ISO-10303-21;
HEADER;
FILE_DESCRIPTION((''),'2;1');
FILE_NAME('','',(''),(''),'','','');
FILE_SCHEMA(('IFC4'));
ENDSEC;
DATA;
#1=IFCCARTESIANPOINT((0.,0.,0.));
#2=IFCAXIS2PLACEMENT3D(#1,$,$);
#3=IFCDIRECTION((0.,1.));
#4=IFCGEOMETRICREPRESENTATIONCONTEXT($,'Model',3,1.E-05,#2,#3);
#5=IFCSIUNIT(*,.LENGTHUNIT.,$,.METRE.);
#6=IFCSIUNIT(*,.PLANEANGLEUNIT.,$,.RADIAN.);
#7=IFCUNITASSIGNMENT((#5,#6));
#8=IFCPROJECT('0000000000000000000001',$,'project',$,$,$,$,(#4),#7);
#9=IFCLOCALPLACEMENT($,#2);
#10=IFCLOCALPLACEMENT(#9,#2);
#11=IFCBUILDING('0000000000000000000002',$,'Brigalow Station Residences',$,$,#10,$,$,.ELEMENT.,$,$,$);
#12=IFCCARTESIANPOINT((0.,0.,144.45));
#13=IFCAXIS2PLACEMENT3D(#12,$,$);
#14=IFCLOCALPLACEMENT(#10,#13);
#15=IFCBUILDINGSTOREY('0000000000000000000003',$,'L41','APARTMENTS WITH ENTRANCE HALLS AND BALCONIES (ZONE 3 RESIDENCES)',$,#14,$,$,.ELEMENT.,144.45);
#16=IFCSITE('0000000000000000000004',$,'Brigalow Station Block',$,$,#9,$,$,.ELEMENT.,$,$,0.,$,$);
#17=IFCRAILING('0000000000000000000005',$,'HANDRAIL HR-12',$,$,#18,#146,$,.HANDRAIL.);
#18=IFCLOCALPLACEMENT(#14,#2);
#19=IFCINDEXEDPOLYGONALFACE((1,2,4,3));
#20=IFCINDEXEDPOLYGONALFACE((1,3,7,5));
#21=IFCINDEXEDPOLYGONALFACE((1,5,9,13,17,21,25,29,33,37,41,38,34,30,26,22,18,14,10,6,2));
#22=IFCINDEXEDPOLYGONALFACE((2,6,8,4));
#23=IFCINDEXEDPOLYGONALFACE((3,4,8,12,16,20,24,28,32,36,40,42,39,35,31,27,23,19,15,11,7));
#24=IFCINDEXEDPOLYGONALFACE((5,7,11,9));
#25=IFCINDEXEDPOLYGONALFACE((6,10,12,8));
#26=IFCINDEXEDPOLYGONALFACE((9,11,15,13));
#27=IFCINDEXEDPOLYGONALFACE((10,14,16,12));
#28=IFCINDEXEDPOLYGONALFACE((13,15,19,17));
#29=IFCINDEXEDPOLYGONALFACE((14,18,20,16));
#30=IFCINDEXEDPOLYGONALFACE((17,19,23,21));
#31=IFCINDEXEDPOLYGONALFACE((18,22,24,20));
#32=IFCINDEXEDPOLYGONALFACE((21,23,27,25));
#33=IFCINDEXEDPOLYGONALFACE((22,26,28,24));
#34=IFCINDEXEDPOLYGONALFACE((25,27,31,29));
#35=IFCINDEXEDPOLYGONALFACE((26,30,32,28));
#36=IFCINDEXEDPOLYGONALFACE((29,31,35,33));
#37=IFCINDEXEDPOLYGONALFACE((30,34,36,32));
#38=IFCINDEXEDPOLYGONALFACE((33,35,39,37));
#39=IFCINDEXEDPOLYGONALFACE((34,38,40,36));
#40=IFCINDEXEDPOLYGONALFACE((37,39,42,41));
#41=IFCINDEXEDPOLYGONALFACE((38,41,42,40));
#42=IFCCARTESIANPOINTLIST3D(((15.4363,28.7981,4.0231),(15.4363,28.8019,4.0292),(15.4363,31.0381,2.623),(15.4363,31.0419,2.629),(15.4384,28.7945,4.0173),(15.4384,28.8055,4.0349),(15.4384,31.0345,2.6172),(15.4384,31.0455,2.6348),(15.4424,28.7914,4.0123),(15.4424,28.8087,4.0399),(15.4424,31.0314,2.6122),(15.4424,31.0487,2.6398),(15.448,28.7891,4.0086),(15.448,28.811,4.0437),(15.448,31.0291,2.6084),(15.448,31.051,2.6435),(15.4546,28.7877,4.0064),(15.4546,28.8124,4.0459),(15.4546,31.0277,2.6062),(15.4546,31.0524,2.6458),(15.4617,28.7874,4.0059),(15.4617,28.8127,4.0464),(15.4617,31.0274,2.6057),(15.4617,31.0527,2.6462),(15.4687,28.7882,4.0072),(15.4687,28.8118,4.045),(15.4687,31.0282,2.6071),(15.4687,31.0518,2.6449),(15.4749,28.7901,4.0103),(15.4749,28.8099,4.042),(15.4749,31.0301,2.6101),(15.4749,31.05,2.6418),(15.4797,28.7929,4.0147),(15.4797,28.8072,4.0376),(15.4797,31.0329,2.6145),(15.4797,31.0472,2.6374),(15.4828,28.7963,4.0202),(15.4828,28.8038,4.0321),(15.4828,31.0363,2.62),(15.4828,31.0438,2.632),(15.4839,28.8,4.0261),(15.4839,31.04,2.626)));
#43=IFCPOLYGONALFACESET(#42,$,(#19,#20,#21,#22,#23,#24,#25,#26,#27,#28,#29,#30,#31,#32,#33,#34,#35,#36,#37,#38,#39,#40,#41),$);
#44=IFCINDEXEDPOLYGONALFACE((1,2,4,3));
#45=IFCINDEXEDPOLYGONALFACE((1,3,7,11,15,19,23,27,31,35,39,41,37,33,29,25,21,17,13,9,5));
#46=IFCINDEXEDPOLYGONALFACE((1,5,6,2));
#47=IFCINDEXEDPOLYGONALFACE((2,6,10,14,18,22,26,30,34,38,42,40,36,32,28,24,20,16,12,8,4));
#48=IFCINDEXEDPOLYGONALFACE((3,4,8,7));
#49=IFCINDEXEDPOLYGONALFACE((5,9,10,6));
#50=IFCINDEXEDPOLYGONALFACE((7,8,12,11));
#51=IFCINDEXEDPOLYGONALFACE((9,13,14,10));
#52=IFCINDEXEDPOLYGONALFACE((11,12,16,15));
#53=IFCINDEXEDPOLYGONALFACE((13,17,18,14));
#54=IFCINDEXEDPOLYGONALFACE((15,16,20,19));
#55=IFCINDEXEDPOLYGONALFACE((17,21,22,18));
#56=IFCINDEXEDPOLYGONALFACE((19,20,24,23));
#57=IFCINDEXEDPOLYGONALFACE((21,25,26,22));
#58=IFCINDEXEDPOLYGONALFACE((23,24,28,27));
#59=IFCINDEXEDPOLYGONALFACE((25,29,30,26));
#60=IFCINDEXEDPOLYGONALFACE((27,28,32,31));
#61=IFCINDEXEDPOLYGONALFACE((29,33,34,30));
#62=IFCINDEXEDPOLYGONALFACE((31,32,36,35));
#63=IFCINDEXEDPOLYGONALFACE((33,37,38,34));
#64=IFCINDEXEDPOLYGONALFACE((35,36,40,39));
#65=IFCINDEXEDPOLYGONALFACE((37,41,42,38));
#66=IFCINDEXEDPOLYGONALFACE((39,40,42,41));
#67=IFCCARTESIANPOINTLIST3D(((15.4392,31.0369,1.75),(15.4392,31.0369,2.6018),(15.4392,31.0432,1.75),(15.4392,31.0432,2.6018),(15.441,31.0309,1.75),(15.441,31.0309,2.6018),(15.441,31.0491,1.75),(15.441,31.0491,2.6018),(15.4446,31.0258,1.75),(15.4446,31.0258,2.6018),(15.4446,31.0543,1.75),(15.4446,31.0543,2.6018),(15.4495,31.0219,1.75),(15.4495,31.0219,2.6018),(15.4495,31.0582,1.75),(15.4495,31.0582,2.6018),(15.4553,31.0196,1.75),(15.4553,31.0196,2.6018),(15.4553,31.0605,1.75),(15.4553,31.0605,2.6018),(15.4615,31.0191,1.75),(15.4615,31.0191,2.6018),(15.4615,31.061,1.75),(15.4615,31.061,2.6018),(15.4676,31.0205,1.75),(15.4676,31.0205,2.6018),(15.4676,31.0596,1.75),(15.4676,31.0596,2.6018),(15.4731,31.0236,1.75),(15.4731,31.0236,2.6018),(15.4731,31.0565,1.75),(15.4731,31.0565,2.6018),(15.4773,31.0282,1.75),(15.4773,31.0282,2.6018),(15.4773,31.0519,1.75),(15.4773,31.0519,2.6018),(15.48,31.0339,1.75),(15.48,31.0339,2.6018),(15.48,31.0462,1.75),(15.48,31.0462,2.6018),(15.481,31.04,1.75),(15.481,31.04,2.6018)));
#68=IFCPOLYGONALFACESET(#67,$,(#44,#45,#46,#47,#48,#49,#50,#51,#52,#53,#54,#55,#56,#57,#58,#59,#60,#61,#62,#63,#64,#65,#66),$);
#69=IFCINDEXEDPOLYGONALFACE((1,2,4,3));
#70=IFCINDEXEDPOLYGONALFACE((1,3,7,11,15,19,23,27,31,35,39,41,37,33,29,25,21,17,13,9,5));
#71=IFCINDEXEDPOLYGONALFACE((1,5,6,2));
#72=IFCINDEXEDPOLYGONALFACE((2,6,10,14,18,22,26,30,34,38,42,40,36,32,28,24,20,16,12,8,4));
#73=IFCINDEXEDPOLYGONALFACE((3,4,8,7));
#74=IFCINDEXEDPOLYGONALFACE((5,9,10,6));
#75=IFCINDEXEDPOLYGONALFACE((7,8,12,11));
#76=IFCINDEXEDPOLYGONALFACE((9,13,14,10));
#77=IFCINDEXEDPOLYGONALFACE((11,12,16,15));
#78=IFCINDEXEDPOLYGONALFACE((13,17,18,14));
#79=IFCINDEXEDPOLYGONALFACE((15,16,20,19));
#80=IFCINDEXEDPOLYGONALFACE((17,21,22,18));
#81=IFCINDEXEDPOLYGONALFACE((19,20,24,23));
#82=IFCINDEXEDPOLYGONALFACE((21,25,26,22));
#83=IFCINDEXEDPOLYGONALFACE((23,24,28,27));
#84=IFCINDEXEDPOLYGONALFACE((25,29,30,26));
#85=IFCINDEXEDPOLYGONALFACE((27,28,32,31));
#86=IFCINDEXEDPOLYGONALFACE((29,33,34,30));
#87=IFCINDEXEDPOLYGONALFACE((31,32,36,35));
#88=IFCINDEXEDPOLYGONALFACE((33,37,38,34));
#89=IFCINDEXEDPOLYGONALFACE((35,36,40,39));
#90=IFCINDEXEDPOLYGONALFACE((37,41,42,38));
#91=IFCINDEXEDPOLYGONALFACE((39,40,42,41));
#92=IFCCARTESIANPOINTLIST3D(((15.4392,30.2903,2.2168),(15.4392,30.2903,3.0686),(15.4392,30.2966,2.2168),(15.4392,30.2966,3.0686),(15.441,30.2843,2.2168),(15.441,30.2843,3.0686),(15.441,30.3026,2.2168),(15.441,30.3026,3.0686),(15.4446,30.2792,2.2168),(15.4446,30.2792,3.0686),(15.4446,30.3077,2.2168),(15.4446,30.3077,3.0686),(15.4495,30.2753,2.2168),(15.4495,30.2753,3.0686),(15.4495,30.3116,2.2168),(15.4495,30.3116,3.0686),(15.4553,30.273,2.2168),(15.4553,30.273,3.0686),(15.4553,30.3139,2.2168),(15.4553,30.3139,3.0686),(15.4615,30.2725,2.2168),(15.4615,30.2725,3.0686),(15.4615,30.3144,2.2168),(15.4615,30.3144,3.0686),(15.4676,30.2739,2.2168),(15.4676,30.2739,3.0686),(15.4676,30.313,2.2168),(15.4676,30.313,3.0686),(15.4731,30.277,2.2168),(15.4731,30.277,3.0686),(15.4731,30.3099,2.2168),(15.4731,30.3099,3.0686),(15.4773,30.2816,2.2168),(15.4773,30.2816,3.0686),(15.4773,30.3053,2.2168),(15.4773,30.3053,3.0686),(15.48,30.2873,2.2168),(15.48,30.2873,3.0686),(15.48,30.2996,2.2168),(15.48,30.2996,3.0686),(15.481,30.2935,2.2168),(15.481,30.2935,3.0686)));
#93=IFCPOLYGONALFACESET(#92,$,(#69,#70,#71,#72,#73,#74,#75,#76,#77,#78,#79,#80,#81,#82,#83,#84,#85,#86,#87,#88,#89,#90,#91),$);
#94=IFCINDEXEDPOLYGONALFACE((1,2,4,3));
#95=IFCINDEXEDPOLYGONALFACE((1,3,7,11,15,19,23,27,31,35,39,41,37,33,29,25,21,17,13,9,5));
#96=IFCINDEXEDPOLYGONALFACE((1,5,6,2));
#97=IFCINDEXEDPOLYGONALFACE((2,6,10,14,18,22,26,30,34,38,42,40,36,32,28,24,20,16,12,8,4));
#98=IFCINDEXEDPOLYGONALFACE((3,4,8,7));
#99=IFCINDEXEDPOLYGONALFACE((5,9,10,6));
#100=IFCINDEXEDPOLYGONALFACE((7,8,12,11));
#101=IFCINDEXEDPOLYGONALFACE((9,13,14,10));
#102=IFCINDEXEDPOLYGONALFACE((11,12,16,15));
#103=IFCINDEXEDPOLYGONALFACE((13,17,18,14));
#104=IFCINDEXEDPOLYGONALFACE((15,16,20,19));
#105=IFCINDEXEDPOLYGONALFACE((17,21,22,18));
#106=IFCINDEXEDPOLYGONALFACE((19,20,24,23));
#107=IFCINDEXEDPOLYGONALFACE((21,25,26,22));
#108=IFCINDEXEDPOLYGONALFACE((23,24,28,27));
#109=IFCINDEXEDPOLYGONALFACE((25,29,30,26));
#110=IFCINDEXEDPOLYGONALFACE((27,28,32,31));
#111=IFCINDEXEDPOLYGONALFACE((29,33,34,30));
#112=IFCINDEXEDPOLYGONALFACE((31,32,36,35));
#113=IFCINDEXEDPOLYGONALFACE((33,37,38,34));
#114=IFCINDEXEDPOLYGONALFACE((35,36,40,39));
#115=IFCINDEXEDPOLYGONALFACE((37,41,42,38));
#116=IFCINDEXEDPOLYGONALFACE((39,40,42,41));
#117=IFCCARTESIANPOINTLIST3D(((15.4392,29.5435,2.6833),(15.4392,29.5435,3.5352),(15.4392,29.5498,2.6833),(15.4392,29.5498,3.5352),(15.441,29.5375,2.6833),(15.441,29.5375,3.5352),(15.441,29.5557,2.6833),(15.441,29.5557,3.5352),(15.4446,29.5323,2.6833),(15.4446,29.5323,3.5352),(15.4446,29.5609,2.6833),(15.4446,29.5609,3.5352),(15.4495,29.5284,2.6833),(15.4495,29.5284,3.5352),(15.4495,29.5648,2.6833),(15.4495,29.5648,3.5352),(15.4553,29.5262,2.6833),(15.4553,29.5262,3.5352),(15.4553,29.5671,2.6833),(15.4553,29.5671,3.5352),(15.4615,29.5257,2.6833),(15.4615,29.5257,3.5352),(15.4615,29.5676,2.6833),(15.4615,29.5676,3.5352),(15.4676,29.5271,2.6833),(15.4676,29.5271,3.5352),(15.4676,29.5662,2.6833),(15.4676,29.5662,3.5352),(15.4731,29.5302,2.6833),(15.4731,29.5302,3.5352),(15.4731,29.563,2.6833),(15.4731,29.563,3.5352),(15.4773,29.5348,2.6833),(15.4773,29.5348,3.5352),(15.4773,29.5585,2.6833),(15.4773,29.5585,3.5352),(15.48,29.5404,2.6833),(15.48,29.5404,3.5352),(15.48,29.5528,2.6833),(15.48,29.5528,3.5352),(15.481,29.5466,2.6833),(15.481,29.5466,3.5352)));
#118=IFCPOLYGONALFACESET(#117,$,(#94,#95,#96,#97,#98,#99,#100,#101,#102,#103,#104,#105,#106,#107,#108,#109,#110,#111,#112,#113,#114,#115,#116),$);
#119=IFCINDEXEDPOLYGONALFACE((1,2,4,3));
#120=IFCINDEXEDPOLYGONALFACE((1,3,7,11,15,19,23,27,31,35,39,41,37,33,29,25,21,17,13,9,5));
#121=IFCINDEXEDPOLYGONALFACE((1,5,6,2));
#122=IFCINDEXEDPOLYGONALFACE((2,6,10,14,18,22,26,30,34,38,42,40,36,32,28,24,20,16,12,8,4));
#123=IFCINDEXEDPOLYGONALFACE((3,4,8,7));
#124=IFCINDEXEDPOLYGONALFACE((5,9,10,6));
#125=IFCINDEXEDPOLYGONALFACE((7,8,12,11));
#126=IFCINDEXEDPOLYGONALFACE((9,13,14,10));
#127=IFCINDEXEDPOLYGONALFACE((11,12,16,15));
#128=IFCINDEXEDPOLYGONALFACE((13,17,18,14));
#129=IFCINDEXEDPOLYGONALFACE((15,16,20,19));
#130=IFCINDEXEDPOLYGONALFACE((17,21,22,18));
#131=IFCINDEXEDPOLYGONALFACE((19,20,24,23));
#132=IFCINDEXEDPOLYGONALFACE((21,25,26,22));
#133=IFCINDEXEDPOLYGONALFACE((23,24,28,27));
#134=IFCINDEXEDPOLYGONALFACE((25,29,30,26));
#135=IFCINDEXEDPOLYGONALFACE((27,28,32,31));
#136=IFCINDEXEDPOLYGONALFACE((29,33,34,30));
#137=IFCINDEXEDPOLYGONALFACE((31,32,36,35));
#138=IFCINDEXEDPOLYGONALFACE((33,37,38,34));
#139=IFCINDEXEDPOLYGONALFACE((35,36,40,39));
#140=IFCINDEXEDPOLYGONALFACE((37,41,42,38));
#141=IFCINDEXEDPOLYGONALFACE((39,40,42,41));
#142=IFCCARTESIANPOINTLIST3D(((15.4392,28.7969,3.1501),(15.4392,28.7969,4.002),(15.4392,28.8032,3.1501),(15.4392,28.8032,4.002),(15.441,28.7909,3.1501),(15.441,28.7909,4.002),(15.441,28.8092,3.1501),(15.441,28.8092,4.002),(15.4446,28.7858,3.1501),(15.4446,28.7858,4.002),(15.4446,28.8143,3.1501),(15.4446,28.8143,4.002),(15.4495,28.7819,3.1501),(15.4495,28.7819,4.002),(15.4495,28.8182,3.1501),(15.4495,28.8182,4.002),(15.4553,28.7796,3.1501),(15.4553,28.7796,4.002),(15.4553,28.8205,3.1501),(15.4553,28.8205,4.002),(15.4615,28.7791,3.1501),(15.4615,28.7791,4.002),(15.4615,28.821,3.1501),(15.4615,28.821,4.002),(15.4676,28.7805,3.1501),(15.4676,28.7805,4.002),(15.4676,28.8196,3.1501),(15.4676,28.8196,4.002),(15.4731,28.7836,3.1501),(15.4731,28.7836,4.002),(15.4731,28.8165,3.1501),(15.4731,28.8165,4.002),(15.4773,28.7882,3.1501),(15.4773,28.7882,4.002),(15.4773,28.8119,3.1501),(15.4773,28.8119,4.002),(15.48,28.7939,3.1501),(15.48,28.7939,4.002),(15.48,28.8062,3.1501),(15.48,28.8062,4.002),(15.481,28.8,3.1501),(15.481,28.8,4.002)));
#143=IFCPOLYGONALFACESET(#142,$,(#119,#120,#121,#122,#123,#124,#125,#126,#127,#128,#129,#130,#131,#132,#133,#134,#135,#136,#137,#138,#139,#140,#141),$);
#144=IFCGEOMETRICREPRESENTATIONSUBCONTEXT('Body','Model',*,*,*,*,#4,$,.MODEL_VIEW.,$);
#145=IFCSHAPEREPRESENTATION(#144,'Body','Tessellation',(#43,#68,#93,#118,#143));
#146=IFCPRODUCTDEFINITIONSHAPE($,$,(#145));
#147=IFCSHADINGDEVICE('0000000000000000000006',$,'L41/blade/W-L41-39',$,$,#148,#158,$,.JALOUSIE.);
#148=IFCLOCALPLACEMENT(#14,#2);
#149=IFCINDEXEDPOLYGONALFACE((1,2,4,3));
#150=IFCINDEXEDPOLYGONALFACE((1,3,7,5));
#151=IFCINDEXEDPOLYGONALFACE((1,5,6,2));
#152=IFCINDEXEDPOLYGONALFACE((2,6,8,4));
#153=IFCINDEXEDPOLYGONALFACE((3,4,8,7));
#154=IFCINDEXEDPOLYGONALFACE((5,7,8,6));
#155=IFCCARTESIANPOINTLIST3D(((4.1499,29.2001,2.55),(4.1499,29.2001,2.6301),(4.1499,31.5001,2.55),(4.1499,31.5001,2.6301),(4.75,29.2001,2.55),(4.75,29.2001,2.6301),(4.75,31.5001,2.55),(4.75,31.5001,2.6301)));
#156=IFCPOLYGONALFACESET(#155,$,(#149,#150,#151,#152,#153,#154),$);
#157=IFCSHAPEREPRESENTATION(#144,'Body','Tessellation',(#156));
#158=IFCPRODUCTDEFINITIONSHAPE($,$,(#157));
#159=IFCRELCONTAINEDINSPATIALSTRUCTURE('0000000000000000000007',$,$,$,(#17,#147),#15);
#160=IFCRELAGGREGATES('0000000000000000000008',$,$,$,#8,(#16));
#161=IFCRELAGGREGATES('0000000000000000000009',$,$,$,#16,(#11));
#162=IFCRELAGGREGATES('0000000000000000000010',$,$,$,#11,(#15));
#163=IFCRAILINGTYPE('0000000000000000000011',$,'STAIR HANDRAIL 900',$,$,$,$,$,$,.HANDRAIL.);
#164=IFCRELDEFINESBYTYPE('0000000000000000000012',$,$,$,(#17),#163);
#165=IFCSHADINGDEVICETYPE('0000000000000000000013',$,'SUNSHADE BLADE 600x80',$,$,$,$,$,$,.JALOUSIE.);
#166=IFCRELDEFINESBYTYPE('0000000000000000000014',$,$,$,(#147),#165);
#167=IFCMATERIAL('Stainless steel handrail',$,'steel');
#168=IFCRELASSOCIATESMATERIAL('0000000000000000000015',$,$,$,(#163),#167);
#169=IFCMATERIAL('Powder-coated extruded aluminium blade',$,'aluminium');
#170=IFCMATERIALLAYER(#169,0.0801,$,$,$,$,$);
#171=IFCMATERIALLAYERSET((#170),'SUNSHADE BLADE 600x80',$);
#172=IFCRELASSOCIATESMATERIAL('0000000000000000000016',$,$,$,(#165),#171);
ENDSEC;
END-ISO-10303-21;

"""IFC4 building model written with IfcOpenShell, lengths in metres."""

from ifc_helpers import new_model, si_unit, direction, frame, origin, origin_2d, place, context, subcontext, project, spatial, rectangle, circle, extrude, material, layer, layer_set, type_object, element, save


model = new_model("IFC4")

# Units and contexts
model_context = context("Model", 3, precision=1e-05, world=origin(), true_north=direction((0.0, 1.0)))
body_context = subcontext(model_context, "Body", "Model", "MODEL_VIEW")
ifc_project = project(units=[si_unit("LENGTHUNIT", "METRE"), si_unit("PLANEANGLEUNIT", "RADIAN")], contexts=[model_context])

# Site, building, storey
site_placement = place(None, origin())
site = spatial("IfcSite", under=ifc_project, at=site_placement, Name="Brigalow Station Block", CompositionType="ELEMENT", RefElevation=0.0)
building_placement = place(site_placement, origin())
building = spatial("IfcBuilding", under=site, at=building_placement, Name="Brigalow Station Residences", CompositionType="ELEMENT")
storey_placement = place(building_placement, frame((0.0, 0.0, 144.45)))
storey = spatial("IfcBuildingStorey", under=building, at=storey_placement, Name="L41", Description="APARTMENTS WITH ENTRANCE HALLS AND BALCONIES (ZONE 3 RESIDENCES)", CompositionType="ELEMENT", Elevation=144.45)

# Railing
ifc_material_1 = material(Name="Stainless steel handrail", Category="steel")
railing_type_1 = type_object("IfcRailingType", Name="STAIR HANDRAIL 900", PredefinedType="HANDRAIL", material=ifc_material_1)
railing_1_placement = place(storey_placement, frame((15.46, 31.04, 1.75)))
element("IfcRailing", 1, at=railing_1_placement, inside=storey, type_object=railing_type_1, Name="HANDRAIL HR-12", PredefinedType="HANDRAIL", context=body_context, shape_type="SweptSolid", body=[
    extrude(circle(Radius=0.0239, at=origin_2d()), frame((0.0, 0.0, 0.876), z_axis=(0.0, -0.847972, 0.53004), x_axis=(1.0, 0.0, 0.0)), (0.0, 0.0, 1.0), 2.6416),
    extrude(circle(Radius=0.021, at=origin_2d()), origin(), (0.0, 0.0, 1.0), 0.8518),
    extrude(circle(Radius=0.021, at=origin_2d()), frame((0.0, -0.7466, 0.4668)), (0.0, 0.0, 1.0), 0.8518),
    extrude(circle(Radius=0.021, at=origin_2d()), frame((0.0, -1.4934, 0.9333)), (0.0, 0.0, 1.0), 0.8518),
    extrude(circle(Radius=0.021, at=origin_2d()), frame((0.0, -2.24, 1.4001)), (0.0, 0.0, 1.0), 0.8518),
])

# Shading device
ifc_material_2 = material(Name="Powder-coated extruded aluminium blade", Category="aluminium")
ifc_layer_1 = layer(ifc_material_2, 0.0801)
ifc_layer_set_1 = layer_set([ifc_layer_1], Name="SUNSHADE BLADE 600x80")
shading_device_type = type_object("IfcShadingDeviceType", Name="SUNSHADE BLADE 600x80", PredefinedType="JALOUSIE", material=ifc_layer_set_1)
shading_device_placement = place(storey_placement, frame((4.45, 30.3501, 2.55), z_axis=(0.0, 0.0, 1.0), x_axis=(0.0, -1.0, 0.0)))
element("IfcShadingDevice", 2, at=shading_device_placement, inside=storey, type_object=shading_device_type, Name="L41/blade/W-L41-39", PredefinedType="JALOUSIE", context=body_context, shape_type="SweptSolid", body=[
    extrude(rectangle(XDim=2.3, YDim=0.6001, at=origin_2d()), origin(), (0.0, 0.0, 1.0), 0.0801),
])

save(model, "model.ifc")
